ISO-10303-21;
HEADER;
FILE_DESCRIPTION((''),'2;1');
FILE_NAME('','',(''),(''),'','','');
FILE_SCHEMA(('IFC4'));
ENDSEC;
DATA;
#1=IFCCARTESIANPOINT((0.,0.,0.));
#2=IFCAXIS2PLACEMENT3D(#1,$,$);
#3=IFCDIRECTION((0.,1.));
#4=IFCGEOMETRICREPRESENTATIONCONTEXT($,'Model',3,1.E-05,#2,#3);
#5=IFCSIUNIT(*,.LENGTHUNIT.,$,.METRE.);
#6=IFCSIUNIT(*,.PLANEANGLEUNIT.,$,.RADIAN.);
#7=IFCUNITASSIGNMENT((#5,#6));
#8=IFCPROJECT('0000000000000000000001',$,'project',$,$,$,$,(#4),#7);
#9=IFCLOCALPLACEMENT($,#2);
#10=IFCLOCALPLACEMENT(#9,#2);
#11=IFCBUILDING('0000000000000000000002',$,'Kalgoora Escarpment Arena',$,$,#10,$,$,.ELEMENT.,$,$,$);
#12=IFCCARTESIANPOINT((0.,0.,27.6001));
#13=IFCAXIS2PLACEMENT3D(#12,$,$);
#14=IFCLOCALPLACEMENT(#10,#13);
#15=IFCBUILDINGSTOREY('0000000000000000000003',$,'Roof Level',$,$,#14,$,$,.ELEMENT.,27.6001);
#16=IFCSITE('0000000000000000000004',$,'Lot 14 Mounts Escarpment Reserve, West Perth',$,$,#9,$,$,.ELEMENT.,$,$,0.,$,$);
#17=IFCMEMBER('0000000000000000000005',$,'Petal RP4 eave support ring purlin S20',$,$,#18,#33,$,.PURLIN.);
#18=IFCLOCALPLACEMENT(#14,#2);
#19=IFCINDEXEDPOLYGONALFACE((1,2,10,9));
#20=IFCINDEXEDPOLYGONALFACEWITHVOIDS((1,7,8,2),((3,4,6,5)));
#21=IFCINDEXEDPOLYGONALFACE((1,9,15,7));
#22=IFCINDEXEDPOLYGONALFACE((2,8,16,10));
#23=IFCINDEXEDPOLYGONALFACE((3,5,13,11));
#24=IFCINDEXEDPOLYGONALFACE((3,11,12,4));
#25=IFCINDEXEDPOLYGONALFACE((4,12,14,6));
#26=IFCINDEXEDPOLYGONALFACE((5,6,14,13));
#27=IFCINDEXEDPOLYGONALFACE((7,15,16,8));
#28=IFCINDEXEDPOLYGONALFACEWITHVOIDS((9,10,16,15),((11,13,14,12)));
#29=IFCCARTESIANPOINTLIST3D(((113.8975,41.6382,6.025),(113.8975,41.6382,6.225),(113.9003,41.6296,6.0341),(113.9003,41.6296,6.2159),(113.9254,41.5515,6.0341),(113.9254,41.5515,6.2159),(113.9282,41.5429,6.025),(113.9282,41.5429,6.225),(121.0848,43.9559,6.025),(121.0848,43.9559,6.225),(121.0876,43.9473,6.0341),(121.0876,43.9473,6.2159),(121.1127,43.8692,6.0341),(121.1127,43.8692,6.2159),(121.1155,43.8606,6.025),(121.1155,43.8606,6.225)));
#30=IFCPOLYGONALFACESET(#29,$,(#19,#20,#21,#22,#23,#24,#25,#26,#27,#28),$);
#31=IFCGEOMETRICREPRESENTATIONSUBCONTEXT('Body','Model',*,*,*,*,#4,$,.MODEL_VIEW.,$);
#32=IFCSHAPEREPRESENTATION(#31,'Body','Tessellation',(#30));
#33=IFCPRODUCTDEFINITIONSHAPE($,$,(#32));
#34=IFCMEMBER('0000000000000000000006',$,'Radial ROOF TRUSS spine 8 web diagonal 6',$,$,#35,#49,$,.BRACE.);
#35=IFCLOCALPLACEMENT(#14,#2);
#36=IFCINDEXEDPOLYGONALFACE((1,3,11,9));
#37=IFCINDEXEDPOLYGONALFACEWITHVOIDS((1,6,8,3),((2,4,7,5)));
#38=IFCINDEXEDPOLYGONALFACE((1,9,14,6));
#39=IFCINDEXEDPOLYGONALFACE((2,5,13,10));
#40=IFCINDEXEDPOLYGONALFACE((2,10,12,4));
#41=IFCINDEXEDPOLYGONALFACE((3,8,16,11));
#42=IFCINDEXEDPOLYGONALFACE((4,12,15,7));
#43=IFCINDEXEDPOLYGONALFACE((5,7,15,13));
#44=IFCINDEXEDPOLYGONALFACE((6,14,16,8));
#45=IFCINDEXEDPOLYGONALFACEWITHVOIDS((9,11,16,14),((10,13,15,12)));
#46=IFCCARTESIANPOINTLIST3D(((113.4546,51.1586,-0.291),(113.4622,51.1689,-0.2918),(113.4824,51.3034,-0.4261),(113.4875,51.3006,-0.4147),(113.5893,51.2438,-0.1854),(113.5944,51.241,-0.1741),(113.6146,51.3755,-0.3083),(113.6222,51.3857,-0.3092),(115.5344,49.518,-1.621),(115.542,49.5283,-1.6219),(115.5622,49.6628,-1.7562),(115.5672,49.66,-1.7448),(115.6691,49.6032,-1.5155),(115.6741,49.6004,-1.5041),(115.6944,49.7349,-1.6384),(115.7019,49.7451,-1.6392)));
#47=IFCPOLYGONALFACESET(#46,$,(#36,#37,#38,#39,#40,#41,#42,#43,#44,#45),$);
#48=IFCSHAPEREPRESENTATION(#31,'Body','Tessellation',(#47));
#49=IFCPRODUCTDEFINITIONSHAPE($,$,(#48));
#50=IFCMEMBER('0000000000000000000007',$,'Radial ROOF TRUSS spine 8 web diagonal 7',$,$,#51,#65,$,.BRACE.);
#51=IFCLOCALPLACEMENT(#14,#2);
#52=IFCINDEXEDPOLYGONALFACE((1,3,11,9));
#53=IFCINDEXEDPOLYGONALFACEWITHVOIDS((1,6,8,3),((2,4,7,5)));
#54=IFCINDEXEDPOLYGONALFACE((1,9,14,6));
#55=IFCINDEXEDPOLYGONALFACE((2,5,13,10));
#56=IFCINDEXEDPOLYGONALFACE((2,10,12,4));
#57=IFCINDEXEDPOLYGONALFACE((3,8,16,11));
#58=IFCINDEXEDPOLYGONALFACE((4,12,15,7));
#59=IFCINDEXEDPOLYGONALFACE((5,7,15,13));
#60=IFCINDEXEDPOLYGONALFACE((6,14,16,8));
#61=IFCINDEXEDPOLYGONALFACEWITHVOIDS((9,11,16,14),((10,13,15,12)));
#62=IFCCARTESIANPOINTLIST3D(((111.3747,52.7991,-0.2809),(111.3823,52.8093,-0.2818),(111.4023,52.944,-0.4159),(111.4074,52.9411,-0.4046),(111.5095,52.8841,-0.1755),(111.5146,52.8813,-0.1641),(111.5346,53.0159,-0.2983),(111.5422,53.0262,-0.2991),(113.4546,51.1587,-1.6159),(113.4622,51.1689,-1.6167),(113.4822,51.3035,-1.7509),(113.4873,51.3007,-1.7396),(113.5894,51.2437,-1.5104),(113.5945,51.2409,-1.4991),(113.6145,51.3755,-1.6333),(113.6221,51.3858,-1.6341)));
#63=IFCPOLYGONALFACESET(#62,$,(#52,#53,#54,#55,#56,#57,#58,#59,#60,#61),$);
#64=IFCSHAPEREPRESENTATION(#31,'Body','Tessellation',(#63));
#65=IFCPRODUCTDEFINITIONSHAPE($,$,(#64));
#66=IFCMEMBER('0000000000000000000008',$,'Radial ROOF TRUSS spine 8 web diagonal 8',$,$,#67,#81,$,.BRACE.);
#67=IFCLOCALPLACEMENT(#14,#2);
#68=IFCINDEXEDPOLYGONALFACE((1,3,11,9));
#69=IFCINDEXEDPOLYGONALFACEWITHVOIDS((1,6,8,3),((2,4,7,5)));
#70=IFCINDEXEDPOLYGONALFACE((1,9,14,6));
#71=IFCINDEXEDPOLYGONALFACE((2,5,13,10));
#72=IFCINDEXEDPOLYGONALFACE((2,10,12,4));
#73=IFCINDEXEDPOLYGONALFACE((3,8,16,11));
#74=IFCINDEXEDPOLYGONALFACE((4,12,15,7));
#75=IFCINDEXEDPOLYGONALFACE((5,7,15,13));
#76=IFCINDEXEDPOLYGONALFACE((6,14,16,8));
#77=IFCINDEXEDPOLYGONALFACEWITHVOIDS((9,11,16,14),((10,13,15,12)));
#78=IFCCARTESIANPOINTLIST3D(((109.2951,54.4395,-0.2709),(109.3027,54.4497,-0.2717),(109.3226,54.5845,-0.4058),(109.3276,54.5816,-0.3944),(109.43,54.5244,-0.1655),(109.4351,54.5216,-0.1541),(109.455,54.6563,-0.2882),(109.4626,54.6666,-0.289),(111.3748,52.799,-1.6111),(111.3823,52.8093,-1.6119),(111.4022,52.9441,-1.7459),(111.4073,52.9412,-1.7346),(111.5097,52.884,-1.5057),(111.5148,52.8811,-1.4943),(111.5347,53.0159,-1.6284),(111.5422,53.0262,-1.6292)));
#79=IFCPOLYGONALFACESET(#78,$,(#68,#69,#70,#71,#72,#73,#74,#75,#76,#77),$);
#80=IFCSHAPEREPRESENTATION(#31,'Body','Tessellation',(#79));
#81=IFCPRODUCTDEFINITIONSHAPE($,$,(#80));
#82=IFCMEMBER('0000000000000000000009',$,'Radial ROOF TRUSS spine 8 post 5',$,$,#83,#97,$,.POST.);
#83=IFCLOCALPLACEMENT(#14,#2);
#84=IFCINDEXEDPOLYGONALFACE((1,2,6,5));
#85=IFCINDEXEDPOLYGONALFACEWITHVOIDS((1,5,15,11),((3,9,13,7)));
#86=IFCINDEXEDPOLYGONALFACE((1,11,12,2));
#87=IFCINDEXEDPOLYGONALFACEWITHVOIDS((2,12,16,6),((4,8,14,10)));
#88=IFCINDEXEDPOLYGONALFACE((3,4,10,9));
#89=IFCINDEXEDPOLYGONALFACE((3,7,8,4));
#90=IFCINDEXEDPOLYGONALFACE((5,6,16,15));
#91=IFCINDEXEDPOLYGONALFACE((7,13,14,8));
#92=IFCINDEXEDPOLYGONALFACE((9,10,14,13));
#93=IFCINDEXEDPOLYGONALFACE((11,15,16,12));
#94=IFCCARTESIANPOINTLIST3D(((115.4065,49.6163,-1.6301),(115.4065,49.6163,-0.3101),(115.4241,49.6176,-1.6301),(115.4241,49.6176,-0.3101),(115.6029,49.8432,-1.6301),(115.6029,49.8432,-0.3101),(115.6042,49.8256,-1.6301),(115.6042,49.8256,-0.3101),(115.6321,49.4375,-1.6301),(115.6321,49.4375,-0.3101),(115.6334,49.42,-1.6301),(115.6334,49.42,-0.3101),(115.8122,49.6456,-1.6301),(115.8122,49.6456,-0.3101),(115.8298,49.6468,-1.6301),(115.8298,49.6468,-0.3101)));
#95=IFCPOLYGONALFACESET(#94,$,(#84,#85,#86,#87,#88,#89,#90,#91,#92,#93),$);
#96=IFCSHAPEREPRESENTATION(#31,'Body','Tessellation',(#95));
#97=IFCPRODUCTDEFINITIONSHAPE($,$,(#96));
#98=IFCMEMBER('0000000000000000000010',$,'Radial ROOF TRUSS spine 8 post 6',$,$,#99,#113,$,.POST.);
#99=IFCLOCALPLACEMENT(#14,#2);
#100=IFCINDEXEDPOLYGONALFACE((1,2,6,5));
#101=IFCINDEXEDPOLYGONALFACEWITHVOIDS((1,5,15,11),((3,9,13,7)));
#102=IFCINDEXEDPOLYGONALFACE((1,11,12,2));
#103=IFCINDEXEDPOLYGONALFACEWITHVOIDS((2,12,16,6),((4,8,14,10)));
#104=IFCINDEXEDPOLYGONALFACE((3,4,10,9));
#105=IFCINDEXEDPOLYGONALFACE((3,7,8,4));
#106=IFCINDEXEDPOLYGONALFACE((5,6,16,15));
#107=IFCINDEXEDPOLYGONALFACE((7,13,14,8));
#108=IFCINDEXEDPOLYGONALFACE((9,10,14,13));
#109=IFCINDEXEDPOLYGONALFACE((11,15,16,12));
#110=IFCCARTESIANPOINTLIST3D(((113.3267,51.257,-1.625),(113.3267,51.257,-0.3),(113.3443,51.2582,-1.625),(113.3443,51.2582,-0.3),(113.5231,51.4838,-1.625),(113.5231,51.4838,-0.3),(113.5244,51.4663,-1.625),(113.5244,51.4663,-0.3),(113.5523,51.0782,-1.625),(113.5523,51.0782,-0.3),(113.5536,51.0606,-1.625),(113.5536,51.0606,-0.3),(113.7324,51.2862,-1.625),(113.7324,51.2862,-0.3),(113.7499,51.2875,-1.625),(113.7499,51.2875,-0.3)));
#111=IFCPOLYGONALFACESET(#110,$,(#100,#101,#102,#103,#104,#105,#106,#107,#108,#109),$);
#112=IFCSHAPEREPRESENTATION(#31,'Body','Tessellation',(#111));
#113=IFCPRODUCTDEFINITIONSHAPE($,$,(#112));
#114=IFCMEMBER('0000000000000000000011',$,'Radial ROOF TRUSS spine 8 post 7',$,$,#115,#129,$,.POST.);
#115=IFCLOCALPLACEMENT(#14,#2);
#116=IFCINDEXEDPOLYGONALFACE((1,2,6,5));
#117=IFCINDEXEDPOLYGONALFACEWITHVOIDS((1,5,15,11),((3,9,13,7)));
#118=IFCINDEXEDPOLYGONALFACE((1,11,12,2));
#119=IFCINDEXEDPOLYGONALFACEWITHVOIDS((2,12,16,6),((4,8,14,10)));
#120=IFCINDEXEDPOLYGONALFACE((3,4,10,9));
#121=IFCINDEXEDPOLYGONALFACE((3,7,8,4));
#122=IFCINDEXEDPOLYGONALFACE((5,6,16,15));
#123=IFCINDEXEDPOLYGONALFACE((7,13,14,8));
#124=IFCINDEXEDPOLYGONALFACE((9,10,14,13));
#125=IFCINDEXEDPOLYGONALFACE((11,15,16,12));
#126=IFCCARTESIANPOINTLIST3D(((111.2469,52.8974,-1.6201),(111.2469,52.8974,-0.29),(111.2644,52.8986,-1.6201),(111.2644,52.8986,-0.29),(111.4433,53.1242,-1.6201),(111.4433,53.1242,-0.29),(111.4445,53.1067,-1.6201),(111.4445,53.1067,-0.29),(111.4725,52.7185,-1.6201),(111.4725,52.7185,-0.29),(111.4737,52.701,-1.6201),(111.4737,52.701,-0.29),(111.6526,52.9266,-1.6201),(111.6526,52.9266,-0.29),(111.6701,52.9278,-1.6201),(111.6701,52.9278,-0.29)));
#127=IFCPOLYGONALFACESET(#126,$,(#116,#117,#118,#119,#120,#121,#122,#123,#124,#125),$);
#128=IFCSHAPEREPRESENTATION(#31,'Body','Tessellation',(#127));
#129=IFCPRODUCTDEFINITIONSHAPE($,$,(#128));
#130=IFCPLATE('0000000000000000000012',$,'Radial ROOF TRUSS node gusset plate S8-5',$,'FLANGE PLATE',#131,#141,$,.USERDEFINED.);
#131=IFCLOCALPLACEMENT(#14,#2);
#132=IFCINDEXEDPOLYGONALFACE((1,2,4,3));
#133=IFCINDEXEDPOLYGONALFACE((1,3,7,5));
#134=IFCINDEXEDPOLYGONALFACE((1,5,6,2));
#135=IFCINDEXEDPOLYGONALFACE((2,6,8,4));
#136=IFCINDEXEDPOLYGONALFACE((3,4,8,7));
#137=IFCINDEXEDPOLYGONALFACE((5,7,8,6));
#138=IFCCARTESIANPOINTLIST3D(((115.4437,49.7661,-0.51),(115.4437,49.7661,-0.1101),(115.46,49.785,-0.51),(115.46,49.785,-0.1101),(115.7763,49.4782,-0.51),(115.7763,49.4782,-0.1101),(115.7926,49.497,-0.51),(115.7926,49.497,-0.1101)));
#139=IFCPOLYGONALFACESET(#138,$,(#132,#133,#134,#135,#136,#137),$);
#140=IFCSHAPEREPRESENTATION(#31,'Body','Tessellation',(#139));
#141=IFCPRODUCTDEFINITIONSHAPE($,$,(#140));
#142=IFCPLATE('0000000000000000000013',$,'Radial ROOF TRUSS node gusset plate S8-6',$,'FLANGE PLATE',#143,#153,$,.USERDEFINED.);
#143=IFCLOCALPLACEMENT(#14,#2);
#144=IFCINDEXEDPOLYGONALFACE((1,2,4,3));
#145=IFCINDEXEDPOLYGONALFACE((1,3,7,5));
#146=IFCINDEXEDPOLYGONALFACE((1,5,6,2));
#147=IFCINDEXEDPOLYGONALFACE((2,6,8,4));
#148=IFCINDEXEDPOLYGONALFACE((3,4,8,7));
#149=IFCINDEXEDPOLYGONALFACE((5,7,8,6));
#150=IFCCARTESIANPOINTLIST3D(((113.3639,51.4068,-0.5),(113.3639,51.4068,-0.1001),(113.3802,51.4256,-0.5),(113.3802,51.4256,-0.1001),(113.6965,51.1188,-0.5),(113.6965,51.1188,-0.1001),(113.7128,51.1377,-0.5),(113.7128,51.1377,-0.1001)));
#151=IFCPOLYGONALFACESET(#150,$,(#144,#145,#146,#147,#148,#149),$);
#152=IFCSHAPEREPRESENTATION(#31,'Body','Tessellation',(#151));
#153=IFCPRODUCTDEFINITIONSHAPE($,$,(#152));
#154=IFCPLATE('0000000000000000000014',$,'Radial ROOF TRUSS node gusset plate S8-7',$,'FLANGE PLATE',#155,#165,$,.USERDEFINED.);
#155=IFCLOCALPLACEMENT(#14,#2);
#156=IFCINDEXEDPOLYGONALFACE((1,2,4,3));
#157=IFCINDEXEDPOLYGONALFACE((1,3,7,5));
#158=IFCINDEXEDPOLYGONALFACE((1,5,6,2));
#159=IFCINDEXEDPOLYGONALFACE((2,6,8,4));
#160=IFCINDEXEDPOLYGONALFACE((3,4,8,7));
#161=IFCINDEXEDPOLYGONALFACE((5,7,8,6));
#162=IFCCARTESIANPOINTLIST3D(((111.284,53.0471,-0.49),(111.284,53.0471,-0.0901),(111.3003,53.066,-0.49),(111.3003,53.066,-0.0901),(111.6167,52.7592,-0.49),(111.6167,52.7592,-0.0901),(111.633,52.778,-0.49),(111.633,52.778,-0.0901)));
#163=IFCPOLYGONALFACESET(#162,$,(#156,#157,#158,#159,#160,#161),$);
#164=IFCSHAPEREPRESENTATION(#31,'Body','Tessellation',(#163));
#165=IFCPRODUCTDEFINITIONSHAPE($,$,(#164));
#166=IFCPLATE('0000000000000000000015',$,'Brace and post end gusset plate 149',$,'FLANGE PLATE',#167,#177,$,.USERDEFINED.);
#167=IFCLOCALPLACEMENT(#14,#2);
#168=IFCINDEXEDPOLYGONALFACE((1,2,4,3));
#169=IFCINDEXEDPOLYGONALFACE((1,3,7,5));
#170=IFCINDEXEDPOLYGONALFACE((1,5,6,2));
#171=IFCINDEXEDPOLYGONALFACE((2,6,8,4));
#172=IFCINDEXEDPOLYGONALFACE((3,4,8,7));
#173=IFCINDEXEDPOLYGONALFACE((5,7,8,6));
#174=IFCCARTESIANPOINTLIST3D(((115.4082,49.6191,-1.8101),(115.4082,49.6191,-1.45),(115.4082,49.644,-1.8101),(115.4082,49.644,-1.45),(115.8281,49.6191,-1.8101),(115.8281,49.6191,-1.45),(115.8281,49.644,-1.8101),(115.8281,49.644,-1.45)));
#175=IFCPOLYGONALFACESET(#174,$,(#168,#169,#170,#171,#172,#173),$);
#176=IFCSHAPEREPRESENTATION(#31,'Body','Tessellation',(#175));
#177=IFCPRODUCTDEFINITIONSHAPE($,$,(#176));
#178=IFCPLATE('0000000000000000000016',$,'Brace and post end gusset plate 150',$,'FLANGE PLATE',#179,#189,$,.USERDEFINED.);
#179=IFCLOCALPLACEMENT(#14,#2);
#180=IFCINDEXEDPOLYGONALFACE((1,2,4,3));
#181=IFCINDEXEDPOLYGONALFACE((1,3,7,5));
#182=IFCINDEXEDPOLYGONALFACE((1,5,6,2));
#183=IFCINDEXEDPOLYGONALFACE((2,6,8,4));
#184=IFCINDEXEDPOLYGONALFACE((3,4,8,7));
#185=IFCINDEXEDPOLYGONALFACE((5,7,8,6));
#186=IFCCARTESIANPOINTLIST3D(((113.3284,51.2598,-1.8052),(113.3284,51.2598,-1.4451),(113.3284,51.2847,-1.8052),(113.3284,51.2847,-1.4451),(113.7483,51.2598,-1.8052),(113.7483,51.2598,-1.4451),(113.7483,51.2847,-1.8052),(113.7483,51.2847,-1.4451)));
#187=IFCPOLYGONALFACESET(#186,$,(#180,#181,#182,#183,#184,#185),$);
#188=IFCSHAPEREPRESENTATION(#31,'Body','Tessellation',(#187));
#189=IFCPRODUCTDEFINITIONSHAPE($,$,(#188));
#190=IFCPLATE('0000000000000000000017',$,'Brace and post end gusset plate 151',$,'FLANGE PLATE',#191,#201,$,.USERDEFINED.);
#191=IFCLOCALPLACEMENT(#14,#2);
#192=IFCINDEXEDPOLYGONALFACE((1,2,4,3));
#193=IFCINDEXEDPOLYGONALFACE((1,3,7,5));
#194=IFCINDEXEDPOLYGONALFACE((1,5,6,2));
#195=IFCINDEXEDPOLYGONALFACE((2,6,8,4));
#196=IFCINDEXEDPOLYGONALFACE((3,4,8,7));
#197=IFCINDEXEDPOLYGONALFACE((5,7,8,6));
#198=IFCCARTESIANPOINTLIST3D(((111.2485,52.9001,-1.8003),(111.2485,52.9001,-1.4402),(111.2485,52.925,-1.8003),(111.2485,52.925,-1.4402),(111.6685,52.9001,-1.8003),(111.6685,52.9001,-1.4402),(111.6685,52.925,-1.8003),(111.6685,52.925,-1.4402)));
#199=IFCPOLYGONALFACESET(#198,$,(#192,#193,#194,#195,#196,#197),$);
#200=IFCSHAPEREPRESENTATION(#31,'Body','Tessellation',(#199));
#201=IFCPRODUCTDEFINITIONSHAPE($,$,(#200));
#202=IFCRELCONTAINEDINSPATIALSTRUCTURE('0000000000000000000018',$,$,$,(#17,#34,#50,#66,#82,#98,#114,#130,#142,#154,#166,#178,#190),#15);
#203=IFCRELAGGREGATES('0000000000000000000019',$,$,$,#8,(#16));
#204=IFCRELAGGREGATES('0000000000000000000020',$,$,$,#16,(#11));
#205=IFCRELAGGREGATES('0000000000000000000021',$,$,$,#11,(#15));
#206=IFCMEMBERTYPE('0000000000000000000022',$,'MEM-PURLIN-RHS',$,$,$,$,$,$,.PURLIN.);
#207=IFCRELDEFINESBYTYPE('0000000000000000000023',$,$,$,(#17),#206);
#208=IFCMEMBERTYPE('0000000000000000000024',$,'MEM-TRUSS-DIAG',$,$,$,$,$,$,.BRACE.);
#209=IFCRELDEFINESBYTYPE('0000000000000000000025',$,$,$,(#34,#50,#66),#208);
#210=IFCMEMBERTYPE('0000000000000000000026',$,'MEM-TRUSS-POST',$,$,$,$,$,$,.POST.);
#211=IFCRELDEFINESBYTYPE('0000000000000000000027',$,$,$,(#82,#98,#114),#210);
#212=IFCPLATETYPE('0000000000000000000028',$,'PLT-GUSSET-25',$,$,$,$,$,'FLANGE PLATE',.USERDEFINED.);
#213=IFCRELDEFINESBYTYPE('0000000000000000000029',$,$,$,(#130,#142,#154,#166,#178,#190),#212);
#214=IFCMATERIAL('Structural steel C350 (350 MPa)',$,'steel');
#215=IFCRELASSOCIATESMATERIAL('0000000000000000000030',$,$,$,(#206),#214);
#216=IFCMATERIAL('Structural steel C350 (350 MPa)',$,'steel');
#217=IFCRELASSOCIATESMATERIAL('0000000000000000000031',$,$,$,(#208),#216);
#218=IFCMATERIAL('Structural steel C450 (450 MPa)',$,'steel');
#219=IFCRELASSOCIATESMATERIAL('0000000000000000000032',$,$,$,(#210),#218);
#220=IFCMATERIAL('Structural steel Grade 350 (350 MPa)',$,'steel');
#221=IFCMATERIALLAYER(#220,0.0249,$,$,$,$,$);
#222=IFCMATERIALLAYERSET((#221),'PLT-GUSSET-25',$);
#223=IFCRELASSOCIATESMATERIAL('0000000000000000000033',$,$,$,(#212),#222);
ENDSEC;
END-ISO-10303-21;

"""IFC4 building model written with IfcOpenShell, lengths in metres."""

from ifc_helpers import new_model, si_unit, direction, frame, origin, origin_2d, place, context, subcontext, project, spatial, rectangle, hollow_rectangle, extrude, material, layer, layer_set, material_profile, profile_set, type_object, element, save


model = new_model("IFC4")

# Units and contexts
model_context = context("Model", 3, precision=1e-05, world=origin(), true_north=direction((0.0, 1.0)))
body_context = subcontext(model_context, "Body", "Model", "MODEL_VIEW")
ifc_project = project(units=[si_unit("LENGTHUNIT", "METRE"), si_unit("PLANEANGLEUNIT", "RADIAN")], contexts=[model_context])

# Site, building, storey
site_placement = place(None, origin())
site = spatial("IfcSite", under=ifc_project, at=site_placement, Name="Lot 14 Mounts Escarpment Reserve, West Perth", CompositionType="ELEMENT", RefElevation=0.0)
building_placement = place(site_placement, origin())
building = spatial("IfcBuilding", under=site, at=building_placement, Name="Kalgoora Escarpment Arena", CompositionType="ELEMENT")
storey_placement = place(building_placement, frame((0.0, 0.0, 27.6001)))
storey = spatial("IfcBuildingStorey", under=building, at=storey_placement, Name="Roof Level", CompositionType="ELEMENT", Elevation=27.6001)

# Members
ifc_material_1 = material(Name="Structural steel C350 (350 MPa)", Category="steel")
ifc_material_profile_1 = material_profile(ifc_material_1, hollow_rectangle(XDim=0.1001, YDim=0.2, WallThickness=0.009, at=origin_2d()))
ifc_profile_set_1 = profile_set([ifc_material_profile_1], Name="Structural steel C350 (350 MPa)")
member_type_1 = type_object("IfcMemberType", Name="MEM-PURLIN-RHS", PredefinedType="PURLIN", material=ifc_profile_set_1)
member_1_placement = place(storey_placement, frame((113.9128, 41.5906, 6.125), z_axis=(0.951741, 0.306902, 0.0), x_axis=(-0.306902, 0.951741, 0.0)))
element("IfcMember", 1, at=member_1_placement, inside=storey, type_object=member_type_1, Name="Petal RP4 eave support ring purlin S20", PredefinedType="PURLIN", context=body_context, shape_type="SweptSolid", body=[
    extrude(hollow_rectangle(XDim=0.1001, YDim=0.2, WallThickness=0.009, at=origin_2d()), origin(), (0.0, 0.0, 1.0), 7.5518),
])
ifc_material_2 = material(Name="Structural steel C350 (350 MPa)", Category="steel")
ifc_material_profile_2 = material_profile(ifc_material_2, hollow_rectangle(XDim=0.2, YDim=0.2, WallThickness=0.009, at=origin_2d()))
ifc_profile_set_2 = profile_set([ifc_material_profile_2], Name="Structural steel C350 (350 MPa)")
member_type_2 = type_object("IfcMemberType", Name="MEM-TRUSS-DIAG", PredefinedType="BRACE", material=ifc_profile_set_2)
member_2_placement = place(storey_placement, frame((115.6182, 49.6316, -1.6301), z_axis=(-0.701652, 0.55348, 0.448714), x_axis=(0.698836, 0.411742, 0.58489)))
element("IfcMember", 2, at=member_2_placement, inside=storey, type_object=member_type_2, Name="Radial ROOF TRUSS spine 8 web diagonal 6", PredefinedType="BRACE", context=body_context, shape_type="SweptSolid", body=[
    extrude(hollow_rectangle(XDim=0.2, YDim=0.2, WallThickness=0.009, at=origin_2d()), origin(), (0.0, 0.0, 1.0), 2.9641),
])
member_3_placement = place(storey_placement, frame((113.5383, 51.2722, -1.625), z_axis=(-0.701165, 0.553014, 0.450049), x_axis=(0.699492, 0.411252, 0.58445)))
element("IfcMember", 3, at=member_3_placement, inside=storey, type_object=member_type_2, Name="Radial ROOF TRUSS spine 8 web diagonal 7", PredefinedType="BRACE", context=body_context, shape_type="SweptSolid", body=[
    extrude(hollow_rectangle(XDim=0.2, YDim=0.2, WallThickness=0.009, at=origin_2d()), origin(), (0.0, 0.0, 1.0), 2.9663),
])
member_4_placement = place(storey_placement, frame((111.4585, 52.9126, -1.6201), z_axis=(-0.700577, 0.552615, 0.451452), x_axis=(0.700237, 0.410643, 0.583987)))
element("IfcMember", 4, at=member_4_placement, inside=storey, type_object=member_type_2, Name="Radial ROOF TRUSS spine 8 web diagonal 8", PredefinedType="BRACE", context=body_context, shape_type="SweptSolid", body=[
    extrude(hollow_rectangle(XDim=0.2, YDim=0.2, WallThickness=0.009, at=origin_2d()), origin(), (0.0, 0.0, 1.0), 2.9685),
])
ifc_material_3 = material(Name="Structural steel C450 (450 MPa)", Category="steel")
ifc_material_profile_3 = material_profile(ifc_material_3, hollow_rectangle(XDim=0.3, YDim=0.3, WallThickness=0.0125, at=origin_2d()))
ifc_profile_set_3 = profile_set([ifc_material_profile_3], Name="Structural steel C450 (450 MPa)")
member_type_3 = type_object("IfcMemberType", Name="MEM-TRUSS-POST", PredefinedType="POST", material=ifc_profile_set_3)
member_5_placement = place(storey_placement, frame((115.6182, 49.6316, -1.6301), z_axis=(0.0, 0.0, 1.0), x_axis=(-0.756082, 0.654477, 0.0)))
element("IfcMember", 5, at=member_5_placement, inside=storey, type_object=member_type_3, Name="Radial ROOF TRUSS spine 8 post 5", PredefinedType="POST", context=body_context, shape_type="SweptSolid", body=[
    extrude(hollow_rectangle(XDim=0.3, YDim=0.3, WallThickness=0.0125, at=origin_2d()), origin(), (0.0, 0.0, 1.0), 1.3201),
])
member_6_placement = place(storey_placement, frame((113.5383, 51.2722, -1.625), z_axis=(0.0, 0.0, 1.0), x_axis=(-0.756082, 0.654477, 0.0)))
element("IfcMember", 6, at=member_6_placement, inside=storey, type_object=member_type_3, Name="Radial ROOF TRUSS spine 8 post 6", PredefinedType="POST", context=body_context, shape_type="SweptSolid", body=[
    extrude(hollow_rectangle(XDim=0.3, YDim=0.3, WallThickness=0.0125, at=origin_2d()), origin(), (0.0, 0.0, 1.0), 1.325),
])
member_7_placement = place(storey_placement, frame((111.4585, 52.9126, -1.6201), z_axis=(0.0, 0.0, 1.0), x_axis=(-0.756082, 0.654477, 0.0)))
element("IfcMember", 7, at=member_7_placement, inside=storey, type_object=member_type_3, Name="Radial ROOF TRUSS spine 8 post 7", PredefinedType="POST", context=body_context, shape_type="SweptSolid", body=[
    extrude(hollow_rectangle(XDim=0.3, YDim=0.3, WallThickness=0.0125, at=origin_2d()), origin(), (0.0, 0.0, 1.0), 1.3301),
])

# Plates
ifc_material_4 = material(Name="Structural steel Grade 350 (350 MPa)", Category="steel")
ifc_layer_1 = layer(ifc_material_4, 0.0249)
ifc_layer_set_1 = layer_set([ifc_layer_1], Name="PLT-GUSSET-25")
plate_type = type_object("IfcPlateType", Name="PLT-GUSSET-25", ElementType="FLANGE PLATE", PredefinedType="USERDEFINED", material=ifc_layer_set_1)
for number, where, z_axis, x_axis, name in (
    (8, (115.6182, 49.6316, -0.51), (0.0, 0.0, 1.0), (-0.756082, 0.654477, 0.0), "Radial ROOF TRUSS node gusset plate S8-5"),
    (9, (113.5383, 51.2722, -0.5), (0.0, 0.0, 1.0), (-0.756082, 0.654477, 0.0), "Radial ROOF TRUSS node gusset plate S8-6"),
    (10, (111.4585, 52.9126, -0.49), (0.0, 0.0, 1.0), (-0.756082, 0.654477, 0.0), "Radial ROOF TRUSS node gusset plate S8-7"),
):
    element("IfcPlate", number, at=place(storey_placement, frame(where, z_axis=z_axis, x_axis=x_axis)), inside=storey, type_object=plate_type, Name=name, ObjectType="FLANGE PLATE", PredefinedType="USERDEFINED", context=body_context, shape_type="SweptSolid", body=[
        extrude(rectangle(XDim=0.4399, YDim=0.0249, at=origin_2d()), origin(), (0.0, 0.0, 1.0), 0.3999),
    ])
for number, where, z_axis, x_axis, name in (
    (11, (115.6182, 49.6316, -1.8101), (0.0, 0.0, 1.0), (1.0, 0.0, 0.0), "Brace and post end gusset plate 149"),
    (12, (113.5383, 51.2722, -1.8052), (0.0, 0.0, 1.0), (1.0, 0.0, 0.0), "Brace and post end gusset plate 150"),
    (13, (111.4585, 52.9126, -1.8003), (0.0, 0.0, 1.0), (1.0, 0.0, 0.0), "Brace and post end gusset plate 151"),
):
    element("IfcPlate", number, at=place(storey_placement, frame(where, z_axis=z_axis, x_axis=x_axis)), inside=storey, type_object=plate_type, Name=name, ObjectType="FLANGE PLATE", PredefinedType="USERDEFINED", context=body_context, shape_type="SweptSolid", body=[
        extrude(rectangle(XDim=0.4199, YDim=0.0249, at=origin_2d()), origin(), (0.0, 0.0, 1.0), 0.3601),
    ])

save(model, "model.ifc")
